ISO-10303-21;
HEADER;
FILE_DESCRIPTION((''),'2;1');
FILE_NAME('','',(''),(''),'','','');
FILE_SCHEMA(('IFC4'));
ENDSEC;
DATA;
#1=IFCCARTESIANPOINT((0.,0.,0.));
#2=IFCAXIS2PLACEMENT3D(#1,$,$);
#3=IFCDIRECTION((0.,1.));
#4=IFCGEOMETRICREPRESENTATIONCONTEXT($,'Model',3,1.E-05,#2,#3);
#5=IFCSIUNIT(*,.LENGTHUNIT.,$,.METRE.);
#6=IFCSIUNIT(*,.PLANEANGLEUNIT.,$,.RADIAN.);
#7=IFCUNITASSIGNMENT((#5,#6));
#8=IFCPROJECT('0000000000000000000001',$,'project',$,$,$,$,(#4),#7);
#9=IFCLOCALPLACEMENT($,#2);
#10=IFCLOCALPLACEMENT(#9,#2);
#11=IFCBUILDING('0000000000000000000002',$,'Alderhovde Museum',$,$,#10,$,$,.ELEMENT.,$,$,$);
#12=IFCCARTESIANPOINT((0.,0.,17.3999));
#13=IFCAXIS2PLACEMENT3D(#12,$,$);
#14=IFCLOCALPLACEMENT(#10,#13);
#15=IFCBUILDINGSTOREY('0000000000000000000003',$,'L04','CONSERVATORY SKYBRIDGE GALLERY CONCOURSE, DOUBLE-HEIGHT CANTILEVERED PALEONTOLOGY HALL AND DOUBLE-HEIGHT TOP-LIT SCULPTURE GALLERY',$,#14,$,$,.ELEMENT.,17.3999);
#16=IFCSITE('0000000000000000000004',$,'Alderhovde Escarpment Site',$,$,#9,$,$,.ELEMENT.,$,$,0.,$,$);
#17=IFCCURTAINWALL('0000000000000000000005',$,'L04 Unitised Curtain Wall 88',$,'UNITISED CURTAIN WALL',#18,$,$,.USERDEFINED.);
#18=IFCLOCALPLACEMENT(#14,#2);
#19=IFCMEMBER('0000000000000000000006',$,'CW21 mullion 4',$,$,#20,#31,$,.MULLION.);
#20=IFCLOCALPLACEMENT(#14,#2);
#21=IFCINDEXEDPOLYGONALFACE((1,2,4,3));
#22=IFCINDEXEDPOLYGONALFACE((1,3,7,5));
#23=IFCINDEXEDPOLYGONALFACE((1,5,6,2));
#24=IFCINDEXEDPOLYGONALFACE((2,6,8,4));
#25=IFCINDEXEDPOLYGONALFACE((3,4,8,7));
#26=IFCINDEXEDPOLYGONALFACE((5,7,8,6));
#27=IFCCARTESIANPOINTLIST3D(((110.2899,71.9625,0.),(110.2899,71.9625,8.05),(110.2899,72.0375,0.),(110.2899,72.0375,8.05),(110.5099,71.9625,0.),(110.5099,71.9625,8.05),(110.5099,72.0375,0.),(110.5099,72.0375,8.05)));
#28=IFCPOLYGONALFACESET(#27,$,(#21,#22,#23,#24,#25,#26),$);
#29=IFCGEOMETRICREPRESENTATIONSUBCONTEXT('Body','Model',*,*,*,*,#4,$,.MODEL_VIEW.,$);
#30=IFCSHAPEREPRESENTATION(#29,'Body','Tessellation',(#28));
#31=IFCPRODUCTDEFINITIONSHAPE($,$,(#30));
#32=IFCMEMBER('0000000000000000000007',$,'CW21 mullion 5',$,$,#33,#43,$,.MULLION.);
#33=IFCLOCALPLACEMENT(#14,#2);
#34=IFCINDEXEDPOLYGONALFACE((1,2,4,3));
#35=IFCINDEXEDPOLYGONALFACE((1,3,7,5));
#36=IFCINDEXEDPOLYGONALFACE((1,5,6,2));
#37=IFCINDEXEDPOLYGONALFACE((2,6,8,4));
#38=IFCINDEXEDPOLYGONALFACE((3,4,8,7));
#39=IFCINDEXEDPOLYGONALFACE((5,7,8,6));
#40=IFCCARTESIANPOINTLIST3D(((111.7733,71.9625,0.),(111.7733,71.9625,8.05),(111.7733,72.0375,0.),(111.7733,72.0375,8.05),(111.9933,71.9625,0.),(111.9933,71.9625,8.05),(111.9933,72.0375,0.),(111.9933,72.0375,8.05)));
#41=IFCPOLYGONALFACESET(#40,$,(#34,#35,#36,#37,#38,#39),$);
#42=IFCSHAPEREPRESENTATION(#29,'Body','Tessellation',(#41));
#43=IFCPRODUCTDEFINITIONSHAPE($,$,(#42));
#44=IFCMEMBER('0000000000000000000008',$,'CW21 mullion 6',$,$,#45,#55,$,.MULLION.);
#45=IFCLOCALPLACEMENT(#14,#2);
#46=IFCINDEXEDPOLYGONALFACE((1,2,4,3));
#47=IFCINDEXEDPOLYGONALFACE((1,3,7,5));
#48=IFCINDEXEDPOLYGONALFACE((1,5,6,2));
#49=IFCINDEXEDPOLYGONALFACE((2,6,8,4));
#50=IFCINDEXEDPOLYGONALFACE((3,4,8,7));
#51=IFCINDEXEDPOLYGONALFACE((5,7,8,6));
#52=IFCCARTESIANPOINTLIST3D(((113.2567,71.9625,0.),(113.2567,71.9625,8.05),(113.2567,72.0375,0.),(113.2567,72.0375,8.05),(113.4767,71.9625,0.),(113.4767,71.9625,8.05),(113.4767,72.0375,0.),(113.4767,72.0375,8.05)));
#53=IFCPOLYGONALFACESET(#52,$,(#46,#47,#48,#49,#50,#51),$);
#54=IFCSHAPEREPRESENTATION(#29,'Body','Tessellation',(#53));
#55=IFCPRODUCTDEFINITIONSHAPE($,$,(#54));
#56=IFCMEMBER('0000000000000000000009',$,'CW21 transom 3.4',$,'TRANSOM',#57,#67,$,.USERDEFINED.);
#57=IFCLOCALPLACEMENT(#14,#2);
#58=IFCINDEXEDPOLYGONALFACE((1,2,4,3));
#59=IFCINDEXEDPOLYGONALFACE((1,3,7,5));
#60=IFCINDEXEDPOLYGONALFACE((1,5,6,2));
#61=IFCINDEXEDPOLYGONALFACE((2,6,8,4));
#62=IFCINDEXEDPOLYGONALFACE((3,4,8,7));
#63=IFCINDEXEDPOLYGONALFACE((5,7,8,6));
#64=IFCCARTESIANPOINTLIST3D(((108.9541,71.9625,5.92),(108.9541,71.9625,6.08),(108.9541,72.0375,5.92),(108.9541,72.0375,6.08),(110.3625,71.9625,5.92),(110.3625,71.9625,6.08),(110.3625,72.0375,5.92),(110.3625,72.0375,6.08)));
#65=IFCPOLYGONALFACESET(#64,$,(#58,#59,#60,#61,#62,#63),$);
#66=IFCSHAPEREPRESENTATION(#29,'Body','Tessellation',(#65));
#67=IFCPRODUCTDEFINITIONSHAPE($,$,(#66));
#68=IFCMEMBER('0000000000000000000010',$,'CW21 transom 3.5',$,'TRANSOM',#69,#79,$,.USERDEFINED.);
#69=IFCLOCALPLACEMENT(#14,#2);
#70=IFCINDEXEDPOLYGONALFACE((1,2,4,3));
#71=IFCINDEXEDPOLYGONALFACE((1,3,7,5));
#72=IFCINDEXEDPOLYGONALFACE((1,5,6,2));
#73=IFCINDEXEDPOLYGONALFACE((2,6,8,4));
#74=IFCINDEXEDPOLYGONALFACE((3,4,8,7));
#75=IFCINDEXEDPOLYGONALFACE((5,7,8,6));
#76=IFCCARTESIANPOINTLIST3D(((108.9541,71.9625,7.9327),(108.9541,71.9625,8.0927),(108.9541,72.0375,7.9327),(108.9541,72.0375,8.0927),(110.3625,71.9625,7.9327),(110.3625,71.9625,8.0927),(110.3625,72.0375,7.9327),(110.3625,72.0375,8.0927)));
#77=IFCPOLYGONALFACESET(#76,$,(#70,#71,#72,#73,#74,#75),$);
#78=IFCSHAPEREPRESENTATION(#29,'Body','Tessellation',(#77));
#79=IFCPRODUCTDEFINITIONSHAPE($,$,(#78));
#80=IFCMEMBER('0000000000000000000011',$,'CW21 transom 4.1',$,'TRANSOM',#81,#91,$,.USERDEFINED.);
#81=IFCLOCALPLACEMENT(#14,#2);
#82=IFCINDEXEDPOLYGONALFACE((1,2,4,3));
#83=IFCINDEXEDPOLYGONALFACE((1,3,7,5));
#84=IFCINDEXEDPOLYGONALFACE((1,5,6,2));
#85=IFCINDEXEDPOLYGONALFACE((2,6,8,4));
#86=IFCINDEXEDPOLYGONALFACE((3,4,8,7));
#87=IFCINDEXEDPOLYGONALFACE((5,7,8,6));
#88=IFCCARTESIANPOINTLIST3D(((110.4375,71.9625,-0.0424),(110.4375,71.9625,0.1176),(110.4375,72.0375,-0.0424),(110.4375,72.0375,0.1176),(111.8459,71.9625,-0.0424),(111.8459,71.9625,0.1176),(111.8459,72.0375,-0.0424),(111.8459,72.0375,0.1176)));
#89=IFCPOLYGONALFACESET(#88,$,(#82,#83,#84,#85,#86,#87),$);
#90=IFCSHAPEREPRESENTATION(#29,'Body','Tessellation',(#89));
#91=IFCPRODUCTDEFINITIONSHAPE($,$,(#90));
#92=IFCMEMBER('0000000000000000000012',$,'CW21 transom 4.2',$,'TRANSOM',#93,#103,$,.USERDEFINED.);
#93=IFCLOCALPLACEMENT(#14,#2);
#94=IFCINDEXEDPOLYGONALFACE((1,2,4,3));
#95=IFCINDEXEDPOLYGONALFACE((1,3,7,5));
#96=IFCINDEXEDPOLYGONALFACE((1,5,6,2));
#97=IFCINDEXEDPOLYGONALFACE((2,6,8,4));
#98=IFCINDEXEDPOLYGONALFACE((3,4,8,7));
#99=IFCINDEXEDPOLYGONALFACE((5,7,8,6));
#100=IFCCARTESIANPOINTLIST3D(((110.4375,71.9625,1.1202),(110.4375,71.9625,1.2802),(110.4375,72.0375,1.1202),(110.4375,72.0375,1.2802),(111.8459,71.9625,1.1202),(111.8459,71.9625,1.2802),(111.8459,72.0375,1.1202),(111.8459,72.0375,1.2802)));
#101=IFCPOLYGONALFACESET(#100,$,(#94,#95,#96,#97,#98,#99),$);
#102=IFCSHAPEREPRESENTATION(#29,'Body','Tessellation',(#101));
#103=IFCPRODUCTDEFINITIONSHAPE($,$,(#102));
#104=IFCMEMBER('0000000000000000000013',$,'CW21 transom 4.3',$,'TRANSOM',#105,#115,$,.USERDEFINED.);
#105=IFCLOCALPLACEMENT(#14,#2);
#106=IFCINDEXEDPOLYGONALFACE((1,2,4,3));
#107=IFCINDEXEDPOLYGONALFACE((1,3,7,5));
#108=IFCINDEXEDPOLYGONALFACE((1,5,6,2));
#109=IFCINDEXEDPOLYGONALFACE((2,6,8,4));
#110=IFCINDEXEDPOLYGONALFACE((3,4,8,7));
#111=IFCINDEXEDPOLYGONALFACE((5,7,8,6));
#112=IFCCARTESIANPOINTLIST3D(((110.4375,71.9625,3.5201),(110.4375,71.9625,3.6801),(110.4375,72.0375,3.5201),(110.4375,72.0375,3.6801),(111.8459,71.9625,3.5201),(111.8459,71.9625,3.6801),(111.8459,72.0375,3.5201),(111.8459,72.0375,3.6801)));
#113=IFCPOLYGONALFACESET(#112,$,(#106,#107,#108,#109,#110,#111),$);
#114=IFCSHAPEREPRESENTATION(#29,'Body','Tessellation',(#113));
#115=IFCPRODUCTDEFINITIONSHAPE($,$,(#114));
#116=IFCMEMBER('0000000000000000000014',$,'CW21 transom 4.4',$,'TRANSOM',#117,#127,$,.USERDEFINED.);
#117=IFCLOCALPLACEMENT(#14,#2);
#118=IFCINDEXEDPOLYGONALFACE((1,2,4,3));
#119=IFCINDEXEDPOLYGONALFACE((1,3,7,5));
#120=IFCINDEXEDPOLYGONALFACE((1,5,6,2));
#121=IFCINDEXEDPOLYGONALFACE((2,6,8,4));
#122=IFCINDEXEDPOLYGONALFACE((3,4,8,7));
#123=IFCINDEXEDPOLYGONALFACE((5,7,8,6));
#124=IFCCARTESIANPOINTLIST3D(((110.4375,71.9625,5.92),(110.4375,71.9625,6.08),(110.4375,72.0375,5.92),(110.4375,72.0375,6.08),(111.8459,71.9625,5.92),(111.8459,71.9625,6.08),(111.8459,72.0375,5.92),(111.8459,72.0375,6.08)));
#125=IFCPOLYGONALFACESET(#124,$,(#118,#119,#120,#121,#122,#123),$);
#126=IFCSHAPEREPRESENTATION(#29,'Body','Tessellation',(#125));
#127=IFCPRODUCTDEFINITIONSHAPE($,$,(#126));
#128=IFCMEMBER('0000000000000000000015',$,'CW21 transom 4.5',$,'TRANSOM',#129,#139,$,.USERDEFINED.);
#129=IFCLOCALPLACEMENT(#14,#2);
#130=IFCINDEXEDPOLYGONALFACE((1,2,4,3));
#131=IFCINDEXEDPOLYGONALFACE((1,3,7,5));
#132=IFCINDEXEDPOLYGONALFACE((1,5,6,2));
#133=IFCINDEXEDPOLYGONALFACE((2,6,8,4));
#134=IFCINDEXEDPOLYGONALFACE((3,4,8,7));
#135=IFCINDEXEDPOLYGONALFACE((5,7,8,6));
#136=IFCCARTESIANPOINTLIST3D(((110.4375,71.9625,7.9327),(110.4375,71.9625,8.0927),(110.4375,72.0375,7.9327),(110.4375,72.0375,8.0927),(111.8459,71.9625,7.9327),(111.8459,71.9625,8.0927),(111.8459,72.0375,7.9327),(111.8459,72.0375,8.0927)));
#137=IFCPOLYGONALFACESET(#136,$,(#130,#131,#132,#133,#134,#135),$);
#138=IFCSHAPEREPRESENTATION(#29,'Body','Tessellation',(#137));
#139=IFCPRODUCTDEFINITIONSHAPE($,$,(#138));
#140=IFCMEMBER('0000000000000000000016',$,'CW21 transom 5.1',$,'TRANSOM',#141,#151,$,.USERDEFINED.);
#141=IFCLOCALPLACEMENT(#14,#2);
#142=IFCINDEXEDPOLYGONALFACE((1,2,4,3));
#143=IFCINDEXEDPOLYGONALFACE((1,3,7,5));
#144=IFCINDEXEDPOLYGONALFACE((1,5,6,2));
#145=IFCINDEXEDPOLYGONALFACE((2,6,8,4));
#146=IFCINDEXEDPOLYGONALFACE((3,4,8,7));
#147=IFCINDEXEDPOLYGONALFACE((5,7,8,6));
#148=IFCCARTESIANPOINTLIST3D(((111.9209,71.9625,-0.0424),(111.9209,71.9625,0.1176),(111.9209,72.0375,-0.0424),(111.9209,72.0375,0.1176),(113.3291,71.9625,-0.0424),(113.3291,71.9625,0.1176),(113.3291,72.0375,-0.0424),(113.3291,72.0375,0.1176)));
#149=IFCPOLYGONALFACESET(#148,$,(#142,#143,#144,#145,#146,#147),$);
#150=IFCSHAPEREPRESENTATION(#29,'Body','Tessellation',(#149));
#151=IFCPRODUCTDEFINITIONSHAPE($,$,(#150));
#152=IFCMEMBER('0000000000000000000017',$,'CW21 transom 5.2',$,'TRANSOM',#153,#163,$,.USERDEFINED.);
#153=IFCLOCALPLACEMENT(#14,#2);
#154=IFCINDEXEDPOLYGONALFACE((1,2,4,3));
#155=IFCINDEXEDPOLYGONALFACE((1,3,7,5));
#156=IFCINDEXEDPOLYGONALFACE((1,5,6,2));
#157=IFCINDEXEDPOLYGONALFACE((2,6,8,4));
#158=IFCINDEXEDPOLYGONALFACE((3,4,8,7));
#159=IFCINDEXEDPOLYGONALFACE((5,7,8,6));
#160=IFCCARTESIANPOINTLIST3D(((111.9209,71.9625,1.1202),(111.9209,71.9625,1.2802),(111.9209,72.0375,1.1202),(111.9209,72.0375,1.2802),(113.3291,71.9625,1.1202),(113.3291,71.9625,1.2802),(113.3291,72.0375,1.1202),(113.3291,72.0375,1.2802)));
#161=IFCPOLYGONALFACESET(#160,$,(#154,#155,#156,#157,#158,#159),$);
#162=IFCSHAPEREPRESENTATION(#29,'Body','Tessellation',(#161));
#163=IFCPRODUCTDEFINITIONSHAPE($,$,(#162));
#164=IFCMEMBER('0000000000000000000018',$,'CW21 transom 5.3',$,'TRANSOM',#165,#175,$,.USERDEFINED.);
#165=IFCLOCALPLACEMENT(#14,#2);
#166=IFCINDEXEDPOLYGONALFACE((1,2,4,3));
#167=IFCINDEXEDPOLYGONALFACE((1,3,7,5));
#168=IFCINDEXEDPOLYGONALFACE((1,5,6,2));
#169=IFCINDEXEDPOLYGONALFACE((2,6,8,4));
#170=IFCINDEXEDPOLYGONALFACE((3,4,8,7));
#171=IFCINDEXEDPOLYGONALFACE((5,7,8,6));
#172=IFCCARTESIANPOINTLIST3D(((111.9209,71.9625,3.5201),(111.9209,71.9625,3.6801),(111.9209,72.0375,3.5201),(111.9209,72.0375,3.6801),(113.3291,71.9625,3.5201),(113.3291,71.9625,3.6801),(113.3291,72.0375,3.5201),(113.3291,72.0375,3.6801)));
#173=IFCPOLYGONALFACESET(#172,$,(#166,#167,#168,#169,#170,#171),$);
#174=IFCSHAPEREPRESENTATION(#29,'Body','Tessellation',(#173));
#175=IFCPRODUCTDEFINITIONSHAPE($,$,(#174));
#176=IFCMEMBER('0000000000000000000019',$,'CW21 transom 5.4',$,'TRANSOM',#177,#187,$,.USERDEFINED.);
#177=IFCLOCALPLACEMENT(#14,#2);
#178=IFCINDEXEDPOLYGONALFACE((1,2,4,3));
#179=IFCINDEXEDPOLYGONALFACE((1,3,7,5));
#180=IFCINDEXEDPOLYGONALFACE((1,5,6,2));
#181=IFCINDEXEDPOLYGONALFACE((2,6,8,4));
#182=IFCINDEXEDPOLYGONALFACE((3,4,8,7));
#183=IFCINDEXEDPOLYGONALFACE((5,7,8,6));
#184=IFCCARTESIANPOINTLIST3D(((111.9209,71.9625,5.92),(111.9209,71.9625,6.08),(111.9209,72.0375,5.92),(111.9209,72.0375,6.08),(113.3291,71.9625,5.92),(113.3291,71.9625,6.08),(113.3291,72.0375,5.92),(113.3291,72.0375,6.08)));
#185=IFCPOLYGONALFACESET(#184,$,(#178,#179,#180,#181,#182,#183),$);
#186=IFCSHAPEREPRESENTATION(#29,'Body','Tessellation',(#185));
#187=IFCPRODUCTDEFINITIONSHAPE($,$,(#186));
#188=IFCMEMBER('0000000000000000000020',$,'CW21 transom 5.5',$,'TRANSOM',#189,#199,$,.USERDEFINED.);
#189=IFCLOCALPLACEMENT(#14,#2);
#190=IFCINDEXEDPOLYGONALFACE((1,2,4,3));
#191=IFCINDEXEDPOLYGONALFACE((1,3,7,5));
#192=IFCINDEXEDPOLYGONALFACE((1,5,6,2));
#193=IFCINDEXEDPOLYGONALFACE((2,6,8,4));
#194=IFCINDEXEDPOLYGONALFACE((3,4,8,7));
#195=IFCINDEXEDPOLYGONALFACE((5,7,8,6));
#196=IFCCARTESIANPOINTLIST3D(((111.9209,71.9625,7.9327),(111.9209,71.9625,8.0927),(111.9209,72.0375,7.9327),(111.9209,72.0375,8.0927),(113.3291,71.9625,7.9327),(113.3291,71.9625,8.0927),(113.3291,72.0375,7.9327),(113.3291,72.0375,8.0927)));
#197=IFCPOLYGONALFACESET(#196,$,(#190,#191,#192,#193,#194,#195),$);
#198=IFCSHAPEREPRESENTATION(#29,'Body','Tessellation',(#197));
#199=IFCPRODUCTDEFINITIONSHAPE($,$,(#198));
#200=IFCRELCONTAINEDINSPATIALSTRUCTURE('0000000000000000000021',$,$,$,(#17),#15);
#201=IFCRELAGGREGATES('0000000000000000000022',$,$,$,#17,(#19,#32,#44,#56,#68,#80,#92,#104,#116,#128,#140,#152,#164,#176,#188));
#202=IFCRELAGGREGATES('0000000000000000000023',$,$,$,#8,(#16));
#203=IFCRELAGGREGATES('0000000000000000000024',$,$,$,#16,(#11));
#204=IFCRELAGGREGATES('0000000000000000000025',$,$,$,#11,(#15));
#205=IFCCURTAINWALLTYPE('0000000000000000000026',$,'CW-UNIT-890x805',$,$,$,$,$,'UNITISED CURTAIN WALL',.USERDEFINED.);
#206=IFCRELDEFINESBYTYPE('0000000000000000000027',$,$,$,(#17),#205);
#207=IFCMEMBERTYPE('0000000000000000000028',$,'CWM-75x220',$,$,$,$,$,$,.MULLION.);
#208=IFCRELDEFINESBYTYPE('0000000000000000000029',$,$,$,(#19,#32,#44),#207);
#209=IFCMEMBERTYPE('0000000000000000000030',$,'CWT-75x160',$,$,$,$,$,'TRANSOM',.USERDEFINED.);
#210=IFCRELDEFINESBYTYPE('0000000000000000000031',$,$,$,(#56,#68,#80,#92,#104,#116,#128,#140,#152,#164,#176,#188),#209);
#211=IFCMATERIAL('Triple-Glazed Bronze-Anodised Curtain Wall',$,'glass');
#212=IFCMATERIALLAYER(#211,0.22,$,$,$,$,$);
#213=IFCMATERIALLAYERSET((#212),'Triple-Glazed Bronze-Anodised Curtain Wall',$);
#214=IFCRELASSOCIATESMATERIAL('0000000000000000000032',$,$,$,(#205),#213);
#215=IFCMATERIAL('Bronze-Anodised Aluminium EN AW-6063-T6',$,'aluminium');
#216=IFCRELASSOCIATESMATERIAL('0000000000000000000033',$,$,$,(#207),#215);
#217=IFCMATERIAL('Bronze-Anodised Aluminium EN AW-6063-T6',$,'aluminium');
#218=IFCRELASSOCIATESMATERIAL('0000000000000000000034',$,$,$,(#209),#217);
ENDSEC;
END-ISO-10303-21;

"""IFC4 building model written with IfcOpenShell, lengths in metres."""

from ifc_helpers import new_model, si_unit, direction, frame, origin, origin_2d, place, context, subcontext, project, spatial, rectangle, extrude, material, layer, layer_set, material_profile, profile_set, type_object, element, aggregate, save


model = new_model("IFC4")

# Units and contexts
model_context = context("Model", 3, precision=1e-05, world=origin(), true_north=direction((0.0, 1.0)))
body_context = subcontext(model_context, "Body", "Model", "MODEL_VIEW")
ifc_project = project(units=[si_unit("LENGTHUNIT", "METRE"), si_unit("PLANEANGLEUNIT", "RADIAN")], contexts=[model_context])

# Site, building, storey
site_placement = place(None, origin())
site = spatial("IfcSite", under=ifc_project, at=site_placement, Name="Alderhovde Escarpment Site", CompositionType="ELEMENT", RefElevation=0.0)
building_placement = place(site_placement, origin())
building = spatial("IfcBuilding", under=site, at=building_placement, Name="Alderhovde Museum", CompositionType="ELEMENT")
storey_placement = place(building_placement, frame((0.0, 0.0, 17.3999)))
storey = spatial("IfcBuildingStorey", under=building, at=storey_placement, Name="L04", Description="CONSERVATORY SKYBRIDGE GALLERY CONCOURSE, DOUBLE-HEIGHT CANTILEVERED PALEONTOLOGY HALL AND DOUBLE-HEIGHT TOP-LIT SCULPTURE GALLERY", CompositionType="ELEMENT", Elevation=17.3999)

# Curtain wall, members
ifc_material_1 = material(Name="Triple-Glazed Bronze-Anodised Curtain Wall", Category="glass")
ifc_layer_1 = layer(ifc_material_1, 0.22)
ifc_layer_set_1 = layer_set([ifc_layer_1], Name="Triple-Glazed Bronze-Anodised Curtain Wall")
curtain_wall_type = type_object("IfcCurtainWallType", Name="CW-UNIT-890x805", ElementType="UNITISED CURTAIN WALL", PredefinedType="USERDEFINED", material=ifc_layer_set_1)
curtain_wall_placement = place(storey_placement, origin())
curtain_wall = element("IfcCurtainWall", 1, at=curtain_wall_placement, inside=storey, type_object=curtain_wall_type, Name="L04 Unitised Curtain Wall 88", ObjectType="UNITISED CURTAIN WALL", PredefinedType="USERDEFINED")
ifc_material_2 = material(Name="Bronze-Anodised Aluminium EN AW-6063-T6", Category="aluminium")
ifc_material_profile_1 = material_profile(ifc_material_2, rectangle(XDim=0.075, YDim=0.22, at=origin_2d()), Name="MULLION 75x220")
ifc_profile_set_1 = profile_set([ifc_material_profile_1], Name="Bronze-Anodised Aluminium EN AW-6063-T6")
member_type_1 = type_object("IfcMemberType", Name="CWM-75x220", PredefinedType="MULLION", material=ifc_profile_set_1)
member_1_placement = place(storey_placement, frame((110.3999, 72.0, 0.0), z_axis=(0.0, 0.0, 1.0), x_axis=(0.0, 1.0, 0.0)))
member_1 = element("IfcMember", 2, at=member_1_placement, type_object=member_type_1, Name="CW21 mullion 4", PredefinedType="MULLION", context=body_context, shape_type="SweptSolid", body=[
    extrude(rectangle(XDim=0.075, YDim=0.22, at=origin_2d()), origin(), (0.0, 0.0, 1.0), 8.05),
])
member_2_placement = place(storey_placement, frame((111.8833, 72.0, 0.0), z_axis=(0.0, 0.0, 1.0), x_axis=(0.0, 1.0, 0.0)))
member_2 = element("IfcMember", 3, at=member_2_placement, type_object=member_type_1, Name="CW21 mullion 5", PredefinedType="MULLION", context=body_context, shape_type="SweptSolid", body=[
    extrude(rectangle(XDim=0.075, YDim=0.22, at=origin_2d()), origin(), (0.0, 0.0, 1.0), 8.05),
])
member_3_placement = place(storey_placement, frame((113.3667, 72.0, 0.0), z_axis=(0.0, 0.0, 1.0), x_axis=(0.0, 1.0, 0.0)))
member_3 = element("IfcMember", 4, at=member_3_placement, type_object=member_type_1, Name="CW21 mullion 6", PredefinedType="MULLION", context=body_context, shape_type="SweptSolid", body=[
    extrude(rectangle(XDim=0.075, YDim=0.22, at=origin_2d()), origin(), (0.0, 0.0, 1.0), 8.05),
])
ifc_material_3 = material(Name="Bronze-Anodised Aluminium EN AW-6063-T6", Category="aluminium")
ifc_material_profile_2 = material_profile(ifc_material_3, rectangle(XDim=0.075, YDim=0.1599, at=origin_2d()), Name="TRANSOM 75x160")
ifc_profile_set_2 = profile_set([ifc_material_profile_2], Name="Bronze-Anodised Aluminium EN AW-6063-T6")
member_type_2 = type_object("IfcMemberType", Name="CWT-75x160", ElementType="TRANSOM", PredefinedType="USERDEFINED", material=ifc_profile_set_2)
member_4_placement = place(storey_placement, frame((108.9541, 72.0, 6.0), z_axis=(1.0, 0.0, 0.0), x_axis=(0.0, 1.0, 0.0)))
member_4 = element("IfcMember", 5, at=member_4_placement, type_object=member_type_2, Name="CW21 transom 3.4", ObjectType="TRANSOM", PredefinedType="USERDEFINED", context=body_context, shape_type="SweptSolid", body=[
    extrude(rectangle(XDim=0.075, YDim=0.1599, at=origin_2d()), origin(), (0.0, 0.0, 1.0), 1.4084),
])
member_5_placement = place(storey_placement, frame((108.9541, 72.0, 8.0127), z_axis=(1.0, 0.0, 0.0), x_axis=(0.0, 1.0, 0.0)))
member_5 = element("IfcMember", 6, at=member_5_placement, type_object=member_type_2, Name="CW21 transom 3.5", ObjectType="TRANSOM", PredefinedType="USERDEFINED", context=body_context, shape_type="SweptSolid", body=[
    extrude(rectangle(XDim=0.075, YDim=0.1599, at=origin_2d()), origin(), (0.0, 0.0, 1.0), 1.4084),
])
member_6_placement = place(storey_placement, frame((110.4375, 72.0, 0.0376), z_axis=(1.0, 0.0, 0.0), x_axis=(0.0, 1.0, 0.0)))
member_6 = element("IfcMember", 7, at=member_6_placement, type_object=member_type_2, Name="CW21 transom 4.1", ObjectType="TRANSOM", PredefinedType="USERDEFINED", context=body_context, shape_type="SweptSolid", body=[
    extrude(rectangle(XDim=0.075, YDim=0.1599, at=origin_2d()), origin(), (0.0, 0.0, 1.0), 1.4084),
])
member_7_placement = place(storey_placement, frame((110.4375, 72.0, 1.2002), z_axis=(1.0, 0.0, 0.0), x_axis=(0.0, 1.0, 0.0)))
member_7 = element("IfcMember", 8, at=member_7_placement, type_object=member_type_2, Name="CW21 transom 4.2", ObjectType="TRANSOM", PredefinedType="USERDEFINED", context=body_context, shape_type="SweptSolid", body=[
    extrude(rectangle(XDim=0.075, YDim=0.1599, at=origin_2d()), origin(), (0.0, 0.0, 1.0), 1.4084),
])
member_8_placement = place(storey_placement, frame((110.4375, 72.0, 3.6001), z_axis=(1.0, 0.0, 0.0), x_axis=(0.0, 1.0, 0.0)))
member_8 = element("IfcMember", 9, at=member_8_placement, type_object=member_type_2, Name="CW21 transom 4.3", ObjectType="TRANSOM", PredefinedType="USERDEFINED", context=body_context, shape_type="SweptSolid", body=[
    extrude(rectangle(XDim=0.075, YDim=0.1599, at=origin_2d()), origin(), (0.0, 0.0, 1.0), 1.4084),
])
member_9_placement = place(storey_placement, frame((110.4375, 72.0, 6.0), z_axis=(1.0, 0.0, 0.0), x_axis=(0.0, 1.0, 0.0)))
member_9 = element("IfcMember", 10, at=member_9_placement, type_object=member_type_2, Name="CW21 transom 4.4", ObjectType="TRANSOM", PredefinedType="USERDEFINED", context=body_context, shape_type="SweptSolid", body=[
    extrude(rectangle(XDim=0.075, YDim=0.1599, at=origin_2d()), origin(), (0.0, 0.0, 1.0), 1.4084),
])
member_10_placement = place(storey_placement, frame((110.4375, 72.0, 8.0127), z_axis=(1.0, 0.0, 0.0), x_axis=(0.0, 1.0, 0.0)))
member_10 = element("IfcMember", 11, at=member_10_placement, type_object=member_type_2, Name="CW21 transom 4.5", ObjectType="TRANSOM", PredefinedType="USERDEFINED", context=body_context, shape_type="SweptSolid", body=[
    extrude(rectangle(XDim=0.075, YDim=0.1599, at=origin_2d()), origin(), (0.0, 0.0, 1.0), 1.4084),
])
member_11_placement = place(storey_placement, frame((111.9209, 72.0, 0.0376), z_axis=(1.0, 0.0, 0.0), x_axis=(0.0, 1.0, 0.0)))
member_11 = element("IfcMember", 12, at=member_11_placement, type_object=member_type_2, Name="CW21 transom 5.1", ObjectType="TRANSOM", PredefinedType="USERDEFINED", context=body_context, shape_type="SweptSolid", body=[
    extrude(rectangle(XDim=0.075, YDim=0.1599, at=origin_2d()), origin(), (0.0, 0.0, 1.0), 1.4082),
])
member_12_placement = place(storey_placement, frame((111.9209, 72.0, 1.2002), z_axis=(1.0, 0.0, 0.0), x_axis=(0.0, 1.0, 0.0)))
member_12 = element("IfcMember", 13, at=member_12_placement, type_object=member_type_2, Name="CW21 transom 5.2", ObjectType="TRANSOM", PredefinedType="USERDEFINED", context=body_context, shape_type="SweptSolid", body=[
    extrude(rectangle(XDim=0.075, YDim=0.1599, at=origin_2d()), origin(), (0.0, 0.0, 1.0), 1.4082),
])
member_13_placement = place(storey_placement, frame((111.9209, 72.0, 3.6001), z_axis=(1.0, 0.0, 0.0), x_axis=(0.0, 1.0, 0.0)))
member_13 = element("IfcMember", 14, at=member_13_placement, type_object=member_type_2, Name="CW21 transom 5.3", ObjectType="TRANSOM", PredefinedType="USERDEFINED", context=body_context, shape_type="SweptSolid", body=[
    extrude(rectangle(XDim=0.075, YDim=0.1599, at=origin_2d()), origin(), (0.0, 0.0, 1.0), 1.4082),
])
member_14_placement = place(storey_placement, frame((111.9209, 72.0, 6.0), z_axis=(1.0, 0.0, 0.0), x_axis=(0.0, 1.0, 0.0)))
member_14 = element("IfcMember", 15, at=member_14_placement, type_object=member_type_2, Name="CW21 transom 5.4", ObjectType="TRANSOM", PredefinedType="USERDEFINED", context=body_context, shape_type="SweptSolid", body=[
    extrude(rectangle(XDim=0.075, YDim=0.1599, at=origin_2d()), origin(), (0.0, 0.0, 1.0), 1.4082),
])
member_15_placement = place(storey_placement, frame((111.9209, 72.0, 8.0127), z_axis=(1.0, 0.0, 0.0), x_axis=(0.0, 1.0, 0.0)))
member_15 = element("IfcMember", 16, at=member_15_placement, type_object=member_type_2, Name="CW21 transom 5.5", ObjectType="TRANSOM", PredefinedType="USERDEFINED", context=body_context, shape_type="SweptSolid", body=[
    extrude(rectangle(XDim=0.075, YDim=0.1599, at=origin_2d()), origin(), (0.0, 0.0, 1.0), 1.4082),
])
aggregate(curtain_wall, [member_1, member_2, member_3, member_4, member_5, member_6, member_7, member_8, member_9, member_10, member_11, member_12, member_13, member_14, member_15])

save(model, "model.ifc")
